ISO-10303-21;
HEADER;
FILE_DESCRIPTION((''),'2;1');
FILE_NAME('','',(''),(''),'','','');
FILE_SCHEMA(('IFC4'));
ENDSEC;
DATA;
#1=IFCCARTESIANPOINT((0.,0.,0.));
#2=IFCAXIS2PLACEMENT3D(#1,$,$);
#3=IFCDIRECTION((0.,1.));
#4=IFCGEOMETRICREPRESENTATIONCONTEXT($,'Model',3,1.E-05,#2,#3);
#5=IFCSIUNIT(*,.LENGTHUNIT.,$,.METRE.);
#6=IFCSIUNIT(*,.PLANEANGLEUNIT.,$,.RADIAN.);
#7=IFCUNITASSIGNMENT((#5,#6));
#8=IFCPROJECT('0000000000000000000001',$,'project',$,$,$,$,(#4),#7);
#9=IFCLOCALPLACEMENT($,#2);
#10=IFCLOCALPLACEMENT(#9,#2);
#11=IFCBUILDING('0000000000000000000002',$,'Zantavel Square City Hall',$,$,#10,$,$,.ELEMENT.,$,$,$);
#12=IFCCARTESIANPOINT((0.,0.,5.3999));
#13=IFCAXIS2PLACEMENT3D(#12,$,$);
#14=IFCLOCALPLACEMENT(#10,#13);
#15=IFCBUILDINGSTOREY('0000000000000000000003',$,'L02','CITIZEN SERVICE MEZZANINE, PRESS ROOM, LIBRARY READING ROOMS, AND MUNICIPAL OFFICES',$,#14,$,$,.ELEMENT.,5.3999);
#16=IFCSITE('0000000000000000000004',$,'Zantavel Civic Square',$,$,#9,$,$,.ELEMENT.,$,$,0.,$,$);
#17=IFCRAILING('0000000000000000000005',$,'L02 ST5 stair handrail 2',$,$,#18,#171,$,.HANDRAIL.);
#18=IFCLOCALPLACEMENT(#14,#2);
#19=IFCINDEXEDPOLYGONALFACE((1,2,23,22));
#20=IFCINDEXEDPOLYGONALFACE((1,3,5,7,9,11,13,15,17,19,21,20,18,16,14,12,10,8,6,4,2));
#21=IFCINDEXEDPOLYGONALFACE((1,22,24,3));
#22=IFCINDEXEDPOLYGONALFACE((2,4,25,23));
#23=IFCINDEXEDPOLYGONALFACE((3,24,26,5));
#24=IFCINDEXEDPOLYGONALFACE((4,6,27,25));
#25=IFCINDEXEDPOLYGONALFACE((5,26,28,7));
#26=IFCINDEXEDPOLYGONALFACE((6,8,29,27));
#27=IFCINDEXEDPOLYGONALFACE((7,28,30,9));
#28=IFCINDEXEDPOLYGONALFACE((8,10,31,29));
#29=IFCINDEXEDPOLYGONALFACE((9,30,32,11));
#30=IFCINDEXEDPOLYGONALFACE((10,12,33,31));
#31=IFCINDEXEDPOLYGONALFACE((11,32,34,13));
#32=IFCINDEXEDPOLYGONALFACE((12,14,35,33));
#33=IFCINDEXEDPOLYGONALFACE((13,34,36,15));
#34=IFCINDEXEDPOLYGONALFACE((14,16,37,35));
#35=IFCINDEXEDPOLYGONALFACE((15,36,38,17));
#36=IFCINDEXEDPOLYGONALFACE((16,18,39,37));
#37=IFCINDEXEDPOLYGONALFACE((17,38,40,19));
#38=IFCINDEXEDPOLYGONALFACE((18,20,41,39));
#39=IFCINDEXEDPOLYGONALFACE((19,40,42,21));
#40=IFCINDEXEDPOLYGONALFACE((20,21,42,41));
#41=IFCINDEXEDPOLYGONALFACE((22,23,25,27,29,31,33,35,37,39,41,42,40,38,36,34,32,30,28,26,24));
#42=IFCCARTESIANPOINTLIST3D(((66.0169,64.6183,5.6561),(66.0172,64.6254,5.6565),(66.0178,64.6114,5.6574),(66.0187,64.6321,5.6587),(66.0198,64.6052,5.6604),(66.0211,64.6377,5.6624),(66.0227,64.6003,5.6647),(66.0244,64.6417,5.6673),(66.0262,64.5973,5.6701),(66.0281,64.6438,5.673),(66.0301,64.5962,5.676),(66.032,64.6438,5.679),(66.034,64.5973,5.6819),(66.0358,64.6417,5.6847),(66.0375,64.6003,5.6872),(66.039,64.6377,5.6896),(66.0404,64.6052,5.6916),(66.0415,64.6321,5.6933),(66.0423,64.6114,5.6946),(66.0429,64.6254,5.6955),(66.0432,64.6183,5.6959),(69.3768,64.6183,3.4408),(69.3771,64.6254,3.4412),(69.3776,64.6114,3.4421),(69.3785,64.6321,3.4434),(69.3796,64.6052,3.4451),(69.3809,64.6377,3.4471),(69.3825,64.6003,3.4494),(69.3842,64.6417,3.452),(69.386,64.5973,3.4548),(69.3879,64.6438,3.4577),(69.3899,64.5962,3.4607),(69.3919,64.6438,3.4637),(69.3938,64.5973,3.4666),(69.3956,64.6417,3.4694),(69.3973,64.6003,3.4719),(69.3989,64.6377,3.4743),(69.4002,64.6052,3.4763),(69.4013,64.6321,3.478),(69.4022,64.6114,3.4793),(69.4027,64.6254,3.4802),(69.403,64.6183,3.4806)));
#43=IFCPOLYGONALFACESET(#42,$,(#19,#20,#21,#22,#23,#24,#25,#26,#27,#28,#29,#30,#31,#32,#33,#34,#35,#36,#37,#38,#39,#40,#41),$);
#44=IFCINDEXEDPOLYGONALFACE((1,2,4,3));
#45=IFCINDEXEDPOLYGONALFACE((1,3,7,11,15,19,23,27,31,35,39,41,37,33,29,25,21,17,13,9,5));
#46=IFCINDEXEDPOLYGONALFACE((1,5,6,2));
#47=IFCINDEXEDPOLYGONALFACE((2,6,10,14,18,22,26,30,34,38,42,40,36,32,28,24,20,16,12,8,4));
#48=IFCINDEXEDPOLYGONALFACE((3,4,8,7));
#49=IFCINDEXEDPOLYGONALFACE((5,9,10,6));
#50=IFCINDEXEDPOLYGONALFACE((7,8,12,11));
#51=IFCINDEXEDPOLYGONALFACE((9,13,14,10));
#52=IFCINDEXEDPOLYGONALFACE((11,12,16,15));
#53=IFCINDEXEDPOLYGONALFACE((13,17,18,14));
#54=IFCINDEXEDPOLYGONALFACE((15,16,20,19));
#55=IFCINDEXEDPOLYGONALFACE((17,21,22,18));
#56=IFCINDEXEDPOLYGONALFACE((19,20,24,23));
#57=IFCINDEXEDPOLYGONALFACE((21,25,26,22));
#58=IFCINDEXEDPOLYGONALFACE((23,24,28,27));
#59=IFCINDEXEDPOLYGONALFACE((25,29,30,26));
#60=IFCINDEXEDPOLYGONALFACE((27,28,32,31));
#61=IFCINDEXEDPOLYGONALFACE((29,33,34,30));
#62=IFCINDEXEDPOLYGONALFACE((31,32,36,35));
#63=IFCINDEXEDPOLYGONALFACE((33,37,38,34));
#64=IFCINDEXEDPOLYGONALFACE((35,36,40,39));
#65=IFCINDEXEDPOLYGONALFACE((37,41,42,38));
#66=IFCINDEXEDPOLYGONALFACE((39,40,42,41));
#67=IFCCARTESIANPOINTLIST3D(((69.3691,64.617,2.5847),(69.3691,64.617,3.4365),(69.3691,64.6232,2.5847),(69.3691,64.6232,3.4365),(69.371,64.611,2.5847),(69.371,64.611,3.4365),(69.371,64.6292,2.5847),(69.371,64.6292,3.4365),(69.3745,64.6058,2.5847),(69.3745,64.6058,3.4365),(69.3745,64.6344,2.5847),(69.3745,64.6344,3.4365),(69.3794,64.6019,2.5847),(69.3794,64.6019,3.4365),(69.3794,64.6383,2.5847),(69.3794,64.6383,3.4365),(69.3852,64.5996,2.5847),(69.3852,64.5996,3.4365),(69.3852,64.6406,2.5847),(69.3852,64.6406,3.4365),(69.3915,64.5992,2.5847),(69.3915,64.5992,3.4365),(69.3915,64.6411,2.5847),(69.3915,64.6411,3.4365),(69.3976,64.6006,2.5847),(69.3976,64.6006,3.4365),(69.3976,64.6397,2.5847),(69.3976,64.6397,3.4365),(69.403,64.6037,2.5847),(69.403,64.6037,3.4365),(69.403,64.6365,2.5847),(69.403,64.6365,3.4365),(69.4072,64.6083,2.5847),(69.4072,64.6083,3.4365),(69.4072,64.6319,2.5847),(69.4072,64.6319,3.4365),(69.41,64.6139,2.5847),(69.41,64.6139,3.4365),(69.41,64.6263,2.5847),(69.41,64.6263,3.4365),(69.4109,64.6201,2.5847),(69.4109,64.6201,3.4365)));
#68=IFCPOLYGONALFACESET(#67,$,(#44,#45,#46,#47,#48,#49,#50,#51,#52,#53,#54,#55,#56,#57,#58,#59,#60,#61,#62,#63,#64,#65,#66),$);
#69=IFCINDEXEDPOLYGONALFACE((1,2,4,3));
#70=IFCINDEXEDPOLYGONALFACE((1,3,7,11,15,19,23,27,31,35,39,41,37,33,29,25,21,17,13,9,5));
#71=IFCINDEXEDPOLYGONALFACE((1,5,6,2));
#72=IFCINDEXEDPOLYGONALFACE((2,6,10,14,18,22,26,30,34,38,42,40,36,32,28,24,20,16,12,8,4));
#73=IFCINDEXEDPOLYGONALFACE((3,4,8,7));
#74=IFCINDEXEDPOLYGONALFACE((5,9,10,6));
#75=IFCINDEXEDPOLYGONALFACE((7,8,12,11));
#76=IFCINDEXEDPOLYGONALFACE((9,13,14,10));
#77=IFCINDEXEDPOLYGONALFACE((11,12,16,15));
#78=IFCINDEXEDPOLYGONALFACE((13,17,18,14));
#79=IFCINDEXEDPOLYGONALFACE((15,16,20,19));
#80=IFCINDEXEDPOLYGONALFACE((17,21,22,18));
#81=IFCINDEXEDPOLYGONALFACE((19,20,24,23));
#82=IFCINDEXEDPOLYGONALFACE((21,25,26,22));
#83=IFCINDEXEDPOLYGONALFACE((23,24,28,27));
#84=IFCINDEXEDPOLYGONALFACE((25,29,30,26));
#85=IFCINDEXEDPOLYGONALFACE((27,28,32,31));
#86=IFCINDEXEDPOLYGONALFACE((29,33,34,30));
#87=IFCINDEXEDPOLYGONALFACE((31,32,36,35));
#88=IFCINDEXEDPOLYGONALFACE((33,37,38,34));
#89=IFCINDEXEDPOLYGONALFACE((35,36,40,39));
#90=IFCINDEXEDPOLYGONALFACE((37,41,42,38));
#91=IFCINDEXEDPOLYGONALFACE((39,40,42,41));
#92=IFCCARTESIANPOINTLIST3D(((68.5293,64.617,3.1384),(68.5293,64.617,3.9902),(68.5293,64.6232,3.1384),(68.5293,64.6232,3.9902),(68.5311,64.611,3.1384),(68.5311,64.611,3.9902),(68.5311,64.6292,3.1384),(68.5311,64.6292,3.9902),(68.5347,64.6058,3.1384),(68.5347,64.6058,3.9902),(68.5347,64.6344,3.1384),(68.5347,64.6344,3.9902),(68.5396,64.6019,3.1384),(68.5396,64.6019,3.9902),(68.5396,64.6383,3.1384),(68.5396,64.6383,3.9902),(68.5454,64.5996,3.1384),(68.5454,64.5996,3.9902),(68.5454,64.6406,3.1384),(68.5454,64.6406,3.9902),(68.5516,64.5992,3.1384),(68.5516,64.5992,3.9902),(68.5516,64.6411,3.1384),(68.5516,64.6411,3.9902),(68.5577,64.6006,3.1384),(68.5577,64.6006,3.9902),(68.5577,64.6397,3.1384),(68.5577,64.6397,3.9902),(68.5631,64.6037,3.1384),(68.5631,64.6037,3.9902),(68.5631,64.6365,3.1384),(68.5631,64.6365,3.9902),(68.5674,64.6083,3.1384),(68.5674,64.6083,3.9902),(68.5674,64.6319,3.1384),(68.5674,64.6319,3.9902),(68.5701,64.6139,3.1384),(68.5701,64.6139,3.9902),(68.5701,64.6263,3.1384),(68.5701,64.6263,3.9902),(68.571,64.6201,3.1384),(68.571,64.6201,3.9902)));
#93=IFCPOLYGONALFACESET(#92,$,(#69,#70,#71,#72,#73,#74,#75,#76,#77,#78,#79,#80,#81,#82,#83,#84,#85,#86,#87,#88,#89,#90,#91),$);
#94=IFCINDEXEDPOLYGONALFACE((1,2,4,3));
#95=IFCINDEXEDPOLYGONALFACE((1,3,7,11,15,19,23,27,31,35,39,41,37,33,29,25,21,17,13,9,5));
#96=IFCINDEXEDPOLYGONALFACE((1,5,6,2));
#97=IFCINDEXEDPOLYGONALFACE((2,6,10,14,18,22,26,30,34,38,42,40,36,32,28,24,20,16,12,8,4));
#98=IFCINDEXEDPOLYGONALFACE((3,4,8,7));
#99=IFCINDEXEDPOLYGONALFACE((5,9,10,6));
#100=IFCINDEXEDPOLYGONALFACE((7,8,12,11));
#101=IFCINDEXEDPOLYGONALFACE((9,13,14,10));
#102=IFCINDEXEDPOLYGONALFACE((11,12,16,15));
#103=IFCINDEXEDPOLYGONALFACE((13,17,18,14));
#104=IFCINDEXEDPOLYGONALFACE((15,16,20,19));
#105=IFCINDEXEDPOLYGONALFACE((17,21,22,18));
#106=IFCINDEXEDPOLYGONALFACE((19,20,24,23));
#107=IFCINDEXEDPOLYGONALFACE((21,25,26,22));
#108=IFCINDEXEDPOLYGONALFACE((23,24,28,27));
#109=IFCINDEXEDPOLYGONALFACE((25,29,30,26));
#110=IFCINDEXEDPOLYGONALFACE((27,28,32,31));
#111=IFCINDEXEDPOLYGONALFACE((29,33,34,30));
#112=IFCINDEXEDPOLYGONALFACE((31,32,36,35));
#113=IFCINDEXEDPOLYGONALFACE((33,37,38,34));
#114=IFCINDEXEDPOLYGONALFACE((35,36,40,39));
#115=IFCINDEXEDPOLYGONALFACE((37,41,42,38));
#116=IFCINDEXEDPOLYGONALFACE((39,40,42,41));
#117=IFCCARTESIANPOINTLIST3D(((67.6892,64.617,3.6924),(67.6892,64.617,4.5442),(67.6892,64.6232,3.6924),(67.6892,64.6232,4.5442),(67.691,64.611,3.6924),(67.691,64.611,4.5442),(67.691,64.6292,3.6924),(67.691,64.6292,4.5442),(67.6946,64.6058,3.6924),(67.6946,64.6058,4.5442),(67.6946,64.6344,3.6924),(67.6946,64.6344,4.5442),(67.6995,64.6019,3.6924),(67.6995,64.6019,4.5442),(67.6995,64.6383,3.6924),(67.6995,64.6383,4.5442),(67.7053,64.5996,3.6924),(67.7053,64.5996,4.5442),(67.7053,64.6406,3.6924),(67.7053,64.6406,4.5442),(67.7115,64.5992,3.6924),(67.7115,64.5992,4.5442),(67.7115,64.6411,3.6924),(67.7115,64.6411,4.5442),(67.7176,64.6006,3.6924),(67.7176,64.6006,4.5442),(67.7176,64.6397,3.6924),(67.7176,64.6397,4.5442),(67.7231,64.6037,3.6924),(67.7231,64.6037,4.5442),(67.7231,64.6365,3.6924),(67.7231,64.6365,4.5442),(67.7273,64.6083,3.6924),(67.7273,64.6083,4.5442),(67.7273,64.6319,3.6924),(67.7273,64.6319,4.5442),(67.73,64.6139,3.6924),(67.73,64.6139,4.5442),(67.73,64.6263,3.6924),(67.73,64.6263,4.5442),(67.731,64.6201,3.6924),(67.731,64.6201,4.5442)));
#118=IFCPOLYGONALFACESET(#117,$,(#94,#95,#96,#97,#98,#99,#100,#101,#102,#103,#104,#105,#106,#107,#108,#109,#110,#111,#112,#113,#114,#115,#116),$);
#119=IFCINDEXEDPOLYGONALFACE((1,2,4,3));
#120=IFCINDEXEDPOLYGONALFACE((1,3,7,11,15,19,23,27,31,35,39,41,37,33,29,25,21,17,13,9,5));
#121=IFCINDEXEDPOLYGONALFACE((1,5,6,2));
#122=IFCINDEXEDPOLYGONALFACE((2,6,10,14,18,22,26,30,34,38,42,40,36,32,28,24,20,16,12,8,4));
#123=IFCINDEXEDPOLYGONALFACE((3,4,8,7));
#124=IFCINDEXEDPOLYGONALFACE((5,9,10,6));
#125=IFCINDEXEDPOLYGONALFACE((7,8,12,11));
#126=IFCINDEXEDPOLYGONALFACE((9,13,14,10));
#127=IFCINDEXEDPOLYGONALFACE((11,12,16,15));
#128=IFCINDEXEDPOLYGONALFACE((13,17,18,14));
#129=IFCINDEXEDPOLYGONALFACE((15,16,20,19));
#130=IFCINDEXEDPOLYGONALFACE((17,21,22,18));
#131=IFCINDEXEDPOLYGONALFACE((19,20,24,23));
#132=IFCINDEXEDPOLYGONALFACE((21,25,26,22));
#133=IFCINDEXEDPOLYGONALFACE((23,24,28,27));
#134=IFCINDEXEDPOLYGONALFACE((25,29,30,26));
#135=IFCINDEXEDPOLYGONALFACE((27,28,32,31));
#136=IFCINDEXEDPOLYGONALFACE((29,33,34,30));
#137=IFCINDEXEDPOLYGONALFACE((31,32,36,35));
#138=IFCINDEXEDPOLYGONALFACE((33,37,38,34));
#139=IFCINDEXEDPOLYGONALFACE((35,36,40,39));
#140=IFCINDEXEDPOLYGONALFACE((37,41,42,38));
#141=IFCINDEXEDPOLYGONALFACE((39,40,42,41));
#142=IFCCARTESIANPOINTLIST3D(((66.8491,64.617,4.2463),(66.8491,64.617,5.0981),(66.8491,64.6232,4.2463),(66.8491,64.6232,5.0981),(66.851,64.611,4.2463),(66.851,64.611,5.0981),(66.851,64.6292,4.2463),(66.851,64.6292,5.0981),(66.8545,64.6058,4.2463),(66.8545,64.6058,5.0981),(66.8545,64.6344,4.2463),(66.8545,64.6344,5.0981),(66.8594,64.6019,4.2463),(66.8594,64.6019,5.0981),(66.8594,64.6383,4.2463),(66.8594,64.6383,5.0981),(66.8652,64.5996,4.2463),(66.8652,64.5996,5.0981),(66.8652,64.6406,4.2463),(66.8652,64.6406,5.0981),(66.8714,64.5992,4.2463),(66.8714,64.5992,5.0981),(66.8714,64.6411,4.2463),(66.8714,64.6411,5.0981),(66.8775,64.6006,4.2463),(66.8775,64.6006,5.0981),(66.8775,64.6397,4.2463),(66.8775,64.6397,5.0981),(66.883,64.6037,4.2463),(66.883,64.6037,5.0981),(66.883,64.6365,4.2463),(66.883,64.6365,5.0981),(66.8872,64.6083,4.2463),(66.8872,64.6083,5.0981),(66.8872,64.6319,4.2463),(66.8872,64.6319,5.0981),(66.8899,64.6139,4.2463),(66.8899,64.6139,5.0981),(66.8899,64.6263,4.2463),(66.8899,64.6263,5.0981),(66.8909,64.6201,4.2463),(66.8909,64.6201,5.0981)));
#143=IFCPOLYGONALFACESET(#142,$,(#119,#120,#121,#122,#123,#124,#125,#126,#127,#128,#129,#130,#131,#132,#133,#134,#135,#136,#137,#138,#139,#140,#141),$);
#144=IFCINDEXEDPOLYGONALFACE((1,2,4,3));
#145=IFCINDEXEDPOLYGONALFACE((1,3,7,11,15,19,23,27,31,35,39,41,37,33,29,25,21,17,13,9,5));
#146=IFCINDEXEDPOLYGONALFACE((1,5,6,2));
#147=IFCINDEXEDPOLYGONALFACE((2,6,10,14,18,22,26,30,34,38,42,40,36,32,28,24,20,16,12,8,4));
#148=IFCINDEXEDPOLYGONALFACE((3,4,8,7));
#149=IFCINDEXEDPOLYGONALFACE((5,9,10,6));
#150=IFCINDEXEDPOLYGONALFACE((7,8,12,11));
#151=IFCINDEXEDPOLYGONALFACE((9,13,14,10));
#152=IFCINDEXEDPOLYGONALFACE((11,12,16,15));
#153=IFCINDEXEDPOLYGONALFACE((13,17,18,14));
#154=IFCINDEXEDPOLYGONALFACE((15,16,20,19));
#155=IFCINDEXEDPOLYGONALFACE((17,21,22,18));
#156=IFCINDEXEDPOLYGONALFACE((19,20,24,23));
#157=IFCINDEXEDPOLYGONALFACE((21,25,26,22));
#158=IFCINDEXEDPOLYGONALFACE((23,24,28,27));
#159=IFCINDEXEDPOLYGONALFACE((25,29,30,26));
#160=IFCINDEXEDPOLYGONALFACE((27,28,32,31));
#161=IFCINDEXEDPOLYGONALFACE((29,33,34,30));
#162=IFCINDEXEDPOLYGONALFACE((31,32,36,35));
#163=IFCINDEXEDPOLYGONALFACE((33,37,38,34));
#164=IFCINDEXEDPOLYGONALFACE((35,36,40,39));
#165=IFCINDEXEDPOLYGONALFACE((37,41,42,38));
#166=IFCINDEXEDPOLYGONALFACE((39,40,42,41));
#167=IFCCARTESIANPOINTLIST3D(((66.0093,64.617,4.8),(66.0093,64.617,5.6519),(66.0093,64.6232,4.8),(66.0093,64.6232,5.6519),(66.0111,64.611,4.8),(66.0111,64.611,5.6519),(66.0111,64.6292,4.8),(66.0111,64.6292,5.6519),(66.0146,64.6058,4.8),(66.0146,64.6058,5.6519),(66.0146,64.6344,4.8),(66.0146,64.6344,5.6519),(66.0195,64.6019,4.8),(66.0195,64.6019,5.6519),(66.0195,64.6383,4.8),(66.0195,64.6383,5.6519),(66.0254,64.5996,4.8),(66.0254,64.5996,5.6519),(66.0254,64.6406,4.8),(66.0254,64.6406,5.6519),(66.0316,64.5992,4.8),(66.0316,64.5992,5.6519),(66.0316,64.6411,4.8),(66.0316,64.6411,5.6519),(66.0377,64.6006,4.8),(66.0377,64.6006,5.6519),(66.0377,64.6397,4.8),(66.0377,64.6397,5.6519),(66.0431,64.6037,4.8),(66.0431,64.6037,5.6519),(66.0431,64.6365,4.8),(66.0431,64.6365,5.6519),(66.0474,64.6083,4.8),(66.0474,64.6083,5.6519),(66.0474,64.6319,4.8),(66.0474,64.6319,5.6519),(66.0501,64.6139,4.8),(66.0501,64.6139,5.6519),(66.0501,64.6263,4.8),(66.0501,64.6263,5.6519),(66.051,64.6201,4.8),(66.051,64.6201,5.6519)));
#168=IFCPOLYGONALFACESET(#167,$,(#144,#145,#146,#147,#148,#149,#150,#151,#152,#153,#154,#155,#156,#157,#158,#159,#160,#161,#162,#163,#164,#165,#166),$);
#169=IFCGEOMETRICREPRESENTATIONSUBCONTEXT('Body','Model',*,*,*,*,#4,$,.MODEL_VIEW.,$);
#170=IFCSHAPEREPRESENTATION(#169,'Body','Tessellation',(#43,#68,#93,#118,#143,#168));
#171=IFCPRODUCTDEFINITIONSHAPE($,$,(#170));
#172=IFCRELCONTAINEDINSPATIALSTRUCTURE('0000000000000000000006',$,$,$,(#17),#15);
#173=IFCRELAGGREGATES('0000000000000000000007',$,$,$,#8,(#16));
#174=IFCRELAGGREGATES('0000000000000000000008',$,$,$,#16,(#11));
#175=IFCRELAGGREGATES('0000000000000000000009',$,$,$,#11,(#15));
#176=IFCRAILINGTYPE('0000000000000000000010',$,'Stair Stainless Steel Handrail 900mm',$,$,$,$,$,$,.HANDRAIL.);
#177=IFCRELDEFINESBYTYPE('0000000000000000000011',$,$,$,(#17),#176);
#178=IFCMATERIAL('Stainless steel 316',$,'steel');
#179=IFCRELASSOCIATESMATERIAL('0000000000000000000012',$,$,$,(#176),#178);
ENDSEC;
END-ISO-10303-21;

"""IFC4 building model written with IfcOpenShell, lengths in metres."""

from ifc_helpers import new_model, si_unit, direction, frame, origin, origin_2d, place, context, subcontext, project, spatial, circle, extrude, material, type_object, element, save


model = new_model("IFC4")

# Units and contexts
model_context = context("Model", 3, precision=1e-05, world=origin(), true_north=direction((0.0, 1.0)))
body_context = subcontext(model_context, "Body", "Model", "MODEL_VIEW")
ifc_project = project(units=[si_unit("LENGTHUNIT", "METRE"), si_unit("PLANEANGLEUNIT", "RADIAN")], contexts=[model_context])

# Site, building, storey
site_placement = place(None, origin())
site = spatial("IfcSite", under=ifc_project, at=site_placement, Name="Zantavel Civic Square", CompositionType="ELEMENT", RefElevation=0.0)
building_placement = place(site_placement, origin())
building = spatial("IfcBuilding", under=site, at=building_placement, Name="Zantavel Square City Hall", CompositionType="ELEMENT")
storey_placement = place(building_placement, frame((0.0, 0.0, 5.3999)))
storey = spatial("IfcBuildingStorey", under=building, at=storey_placement, Name="L02", Description="CITIZEN SERVICE MEZZANINE, PRESS ROOM, LIBRARY READING ROOMS, AND MUNICIPAL OFFICES", CompositionType="ELEMENT", Elevation=5.3999)

# Shared definitions
ifc_material_1 = material(Name="Stainless steel 316", Category="steel")

# Railing
railing_type_1 = type_object("IfcRailingType", Name="Stair Stainless Steel Handrail 900mm", PredefinedType="HANDRAIL", material=ifc_material_1)
railing_1_placement = place(storey_placement, frame((69.3899, 64.6201, 2.5847)))
element("IfcRailing", 1, at=railing_1_placement, inside=storey, type_object=railing_type_1, Name="L02 ST5 stair handrail 2", PredefinedType="HANDRAIL", context=body_context, shape_type="SweptSolid", body=[
    extrude(circle(Radius=0.0239, at=origin_2d()), frame((0.0, 0.0, 0.876), z_axis=(-0.834858, 0.0, 0.550465), x_axis=(0.0, -1.0, 0.0)), (0.0, 0.0, 1.0), 4.0244),
    extrude(circle(Radius=0.021, at=origin_2d()), origin(), (0.0, 0.0, 1.0), 0.8518),
    extrude(circle(Radius=0.021, at=origin_2d()), frame((-0.8398, 0.0, 0.5537)), (0.0, 0.0, 1.0), 0.8518),
    extrude(circle(Radius=0.021, at=origin_2d()), frame((-1.6799, 0.0, 1.1077)), (0.0, 0.0, 1.0), 0.8518),
    extrude(circle(Radius=0.021, at=origin_2d()), frame((-2.52, 0.0, 1.6616)), (0.0, 0.0, 1.0), 0.8518),
    extrude(circle(Radius=0.021, at=origin_2d()), frame((-3.3599, 0.0, 2.2153)), (0.0, 0.0, 1.0), 0.8518),
])

save(model, "model.ifc")
